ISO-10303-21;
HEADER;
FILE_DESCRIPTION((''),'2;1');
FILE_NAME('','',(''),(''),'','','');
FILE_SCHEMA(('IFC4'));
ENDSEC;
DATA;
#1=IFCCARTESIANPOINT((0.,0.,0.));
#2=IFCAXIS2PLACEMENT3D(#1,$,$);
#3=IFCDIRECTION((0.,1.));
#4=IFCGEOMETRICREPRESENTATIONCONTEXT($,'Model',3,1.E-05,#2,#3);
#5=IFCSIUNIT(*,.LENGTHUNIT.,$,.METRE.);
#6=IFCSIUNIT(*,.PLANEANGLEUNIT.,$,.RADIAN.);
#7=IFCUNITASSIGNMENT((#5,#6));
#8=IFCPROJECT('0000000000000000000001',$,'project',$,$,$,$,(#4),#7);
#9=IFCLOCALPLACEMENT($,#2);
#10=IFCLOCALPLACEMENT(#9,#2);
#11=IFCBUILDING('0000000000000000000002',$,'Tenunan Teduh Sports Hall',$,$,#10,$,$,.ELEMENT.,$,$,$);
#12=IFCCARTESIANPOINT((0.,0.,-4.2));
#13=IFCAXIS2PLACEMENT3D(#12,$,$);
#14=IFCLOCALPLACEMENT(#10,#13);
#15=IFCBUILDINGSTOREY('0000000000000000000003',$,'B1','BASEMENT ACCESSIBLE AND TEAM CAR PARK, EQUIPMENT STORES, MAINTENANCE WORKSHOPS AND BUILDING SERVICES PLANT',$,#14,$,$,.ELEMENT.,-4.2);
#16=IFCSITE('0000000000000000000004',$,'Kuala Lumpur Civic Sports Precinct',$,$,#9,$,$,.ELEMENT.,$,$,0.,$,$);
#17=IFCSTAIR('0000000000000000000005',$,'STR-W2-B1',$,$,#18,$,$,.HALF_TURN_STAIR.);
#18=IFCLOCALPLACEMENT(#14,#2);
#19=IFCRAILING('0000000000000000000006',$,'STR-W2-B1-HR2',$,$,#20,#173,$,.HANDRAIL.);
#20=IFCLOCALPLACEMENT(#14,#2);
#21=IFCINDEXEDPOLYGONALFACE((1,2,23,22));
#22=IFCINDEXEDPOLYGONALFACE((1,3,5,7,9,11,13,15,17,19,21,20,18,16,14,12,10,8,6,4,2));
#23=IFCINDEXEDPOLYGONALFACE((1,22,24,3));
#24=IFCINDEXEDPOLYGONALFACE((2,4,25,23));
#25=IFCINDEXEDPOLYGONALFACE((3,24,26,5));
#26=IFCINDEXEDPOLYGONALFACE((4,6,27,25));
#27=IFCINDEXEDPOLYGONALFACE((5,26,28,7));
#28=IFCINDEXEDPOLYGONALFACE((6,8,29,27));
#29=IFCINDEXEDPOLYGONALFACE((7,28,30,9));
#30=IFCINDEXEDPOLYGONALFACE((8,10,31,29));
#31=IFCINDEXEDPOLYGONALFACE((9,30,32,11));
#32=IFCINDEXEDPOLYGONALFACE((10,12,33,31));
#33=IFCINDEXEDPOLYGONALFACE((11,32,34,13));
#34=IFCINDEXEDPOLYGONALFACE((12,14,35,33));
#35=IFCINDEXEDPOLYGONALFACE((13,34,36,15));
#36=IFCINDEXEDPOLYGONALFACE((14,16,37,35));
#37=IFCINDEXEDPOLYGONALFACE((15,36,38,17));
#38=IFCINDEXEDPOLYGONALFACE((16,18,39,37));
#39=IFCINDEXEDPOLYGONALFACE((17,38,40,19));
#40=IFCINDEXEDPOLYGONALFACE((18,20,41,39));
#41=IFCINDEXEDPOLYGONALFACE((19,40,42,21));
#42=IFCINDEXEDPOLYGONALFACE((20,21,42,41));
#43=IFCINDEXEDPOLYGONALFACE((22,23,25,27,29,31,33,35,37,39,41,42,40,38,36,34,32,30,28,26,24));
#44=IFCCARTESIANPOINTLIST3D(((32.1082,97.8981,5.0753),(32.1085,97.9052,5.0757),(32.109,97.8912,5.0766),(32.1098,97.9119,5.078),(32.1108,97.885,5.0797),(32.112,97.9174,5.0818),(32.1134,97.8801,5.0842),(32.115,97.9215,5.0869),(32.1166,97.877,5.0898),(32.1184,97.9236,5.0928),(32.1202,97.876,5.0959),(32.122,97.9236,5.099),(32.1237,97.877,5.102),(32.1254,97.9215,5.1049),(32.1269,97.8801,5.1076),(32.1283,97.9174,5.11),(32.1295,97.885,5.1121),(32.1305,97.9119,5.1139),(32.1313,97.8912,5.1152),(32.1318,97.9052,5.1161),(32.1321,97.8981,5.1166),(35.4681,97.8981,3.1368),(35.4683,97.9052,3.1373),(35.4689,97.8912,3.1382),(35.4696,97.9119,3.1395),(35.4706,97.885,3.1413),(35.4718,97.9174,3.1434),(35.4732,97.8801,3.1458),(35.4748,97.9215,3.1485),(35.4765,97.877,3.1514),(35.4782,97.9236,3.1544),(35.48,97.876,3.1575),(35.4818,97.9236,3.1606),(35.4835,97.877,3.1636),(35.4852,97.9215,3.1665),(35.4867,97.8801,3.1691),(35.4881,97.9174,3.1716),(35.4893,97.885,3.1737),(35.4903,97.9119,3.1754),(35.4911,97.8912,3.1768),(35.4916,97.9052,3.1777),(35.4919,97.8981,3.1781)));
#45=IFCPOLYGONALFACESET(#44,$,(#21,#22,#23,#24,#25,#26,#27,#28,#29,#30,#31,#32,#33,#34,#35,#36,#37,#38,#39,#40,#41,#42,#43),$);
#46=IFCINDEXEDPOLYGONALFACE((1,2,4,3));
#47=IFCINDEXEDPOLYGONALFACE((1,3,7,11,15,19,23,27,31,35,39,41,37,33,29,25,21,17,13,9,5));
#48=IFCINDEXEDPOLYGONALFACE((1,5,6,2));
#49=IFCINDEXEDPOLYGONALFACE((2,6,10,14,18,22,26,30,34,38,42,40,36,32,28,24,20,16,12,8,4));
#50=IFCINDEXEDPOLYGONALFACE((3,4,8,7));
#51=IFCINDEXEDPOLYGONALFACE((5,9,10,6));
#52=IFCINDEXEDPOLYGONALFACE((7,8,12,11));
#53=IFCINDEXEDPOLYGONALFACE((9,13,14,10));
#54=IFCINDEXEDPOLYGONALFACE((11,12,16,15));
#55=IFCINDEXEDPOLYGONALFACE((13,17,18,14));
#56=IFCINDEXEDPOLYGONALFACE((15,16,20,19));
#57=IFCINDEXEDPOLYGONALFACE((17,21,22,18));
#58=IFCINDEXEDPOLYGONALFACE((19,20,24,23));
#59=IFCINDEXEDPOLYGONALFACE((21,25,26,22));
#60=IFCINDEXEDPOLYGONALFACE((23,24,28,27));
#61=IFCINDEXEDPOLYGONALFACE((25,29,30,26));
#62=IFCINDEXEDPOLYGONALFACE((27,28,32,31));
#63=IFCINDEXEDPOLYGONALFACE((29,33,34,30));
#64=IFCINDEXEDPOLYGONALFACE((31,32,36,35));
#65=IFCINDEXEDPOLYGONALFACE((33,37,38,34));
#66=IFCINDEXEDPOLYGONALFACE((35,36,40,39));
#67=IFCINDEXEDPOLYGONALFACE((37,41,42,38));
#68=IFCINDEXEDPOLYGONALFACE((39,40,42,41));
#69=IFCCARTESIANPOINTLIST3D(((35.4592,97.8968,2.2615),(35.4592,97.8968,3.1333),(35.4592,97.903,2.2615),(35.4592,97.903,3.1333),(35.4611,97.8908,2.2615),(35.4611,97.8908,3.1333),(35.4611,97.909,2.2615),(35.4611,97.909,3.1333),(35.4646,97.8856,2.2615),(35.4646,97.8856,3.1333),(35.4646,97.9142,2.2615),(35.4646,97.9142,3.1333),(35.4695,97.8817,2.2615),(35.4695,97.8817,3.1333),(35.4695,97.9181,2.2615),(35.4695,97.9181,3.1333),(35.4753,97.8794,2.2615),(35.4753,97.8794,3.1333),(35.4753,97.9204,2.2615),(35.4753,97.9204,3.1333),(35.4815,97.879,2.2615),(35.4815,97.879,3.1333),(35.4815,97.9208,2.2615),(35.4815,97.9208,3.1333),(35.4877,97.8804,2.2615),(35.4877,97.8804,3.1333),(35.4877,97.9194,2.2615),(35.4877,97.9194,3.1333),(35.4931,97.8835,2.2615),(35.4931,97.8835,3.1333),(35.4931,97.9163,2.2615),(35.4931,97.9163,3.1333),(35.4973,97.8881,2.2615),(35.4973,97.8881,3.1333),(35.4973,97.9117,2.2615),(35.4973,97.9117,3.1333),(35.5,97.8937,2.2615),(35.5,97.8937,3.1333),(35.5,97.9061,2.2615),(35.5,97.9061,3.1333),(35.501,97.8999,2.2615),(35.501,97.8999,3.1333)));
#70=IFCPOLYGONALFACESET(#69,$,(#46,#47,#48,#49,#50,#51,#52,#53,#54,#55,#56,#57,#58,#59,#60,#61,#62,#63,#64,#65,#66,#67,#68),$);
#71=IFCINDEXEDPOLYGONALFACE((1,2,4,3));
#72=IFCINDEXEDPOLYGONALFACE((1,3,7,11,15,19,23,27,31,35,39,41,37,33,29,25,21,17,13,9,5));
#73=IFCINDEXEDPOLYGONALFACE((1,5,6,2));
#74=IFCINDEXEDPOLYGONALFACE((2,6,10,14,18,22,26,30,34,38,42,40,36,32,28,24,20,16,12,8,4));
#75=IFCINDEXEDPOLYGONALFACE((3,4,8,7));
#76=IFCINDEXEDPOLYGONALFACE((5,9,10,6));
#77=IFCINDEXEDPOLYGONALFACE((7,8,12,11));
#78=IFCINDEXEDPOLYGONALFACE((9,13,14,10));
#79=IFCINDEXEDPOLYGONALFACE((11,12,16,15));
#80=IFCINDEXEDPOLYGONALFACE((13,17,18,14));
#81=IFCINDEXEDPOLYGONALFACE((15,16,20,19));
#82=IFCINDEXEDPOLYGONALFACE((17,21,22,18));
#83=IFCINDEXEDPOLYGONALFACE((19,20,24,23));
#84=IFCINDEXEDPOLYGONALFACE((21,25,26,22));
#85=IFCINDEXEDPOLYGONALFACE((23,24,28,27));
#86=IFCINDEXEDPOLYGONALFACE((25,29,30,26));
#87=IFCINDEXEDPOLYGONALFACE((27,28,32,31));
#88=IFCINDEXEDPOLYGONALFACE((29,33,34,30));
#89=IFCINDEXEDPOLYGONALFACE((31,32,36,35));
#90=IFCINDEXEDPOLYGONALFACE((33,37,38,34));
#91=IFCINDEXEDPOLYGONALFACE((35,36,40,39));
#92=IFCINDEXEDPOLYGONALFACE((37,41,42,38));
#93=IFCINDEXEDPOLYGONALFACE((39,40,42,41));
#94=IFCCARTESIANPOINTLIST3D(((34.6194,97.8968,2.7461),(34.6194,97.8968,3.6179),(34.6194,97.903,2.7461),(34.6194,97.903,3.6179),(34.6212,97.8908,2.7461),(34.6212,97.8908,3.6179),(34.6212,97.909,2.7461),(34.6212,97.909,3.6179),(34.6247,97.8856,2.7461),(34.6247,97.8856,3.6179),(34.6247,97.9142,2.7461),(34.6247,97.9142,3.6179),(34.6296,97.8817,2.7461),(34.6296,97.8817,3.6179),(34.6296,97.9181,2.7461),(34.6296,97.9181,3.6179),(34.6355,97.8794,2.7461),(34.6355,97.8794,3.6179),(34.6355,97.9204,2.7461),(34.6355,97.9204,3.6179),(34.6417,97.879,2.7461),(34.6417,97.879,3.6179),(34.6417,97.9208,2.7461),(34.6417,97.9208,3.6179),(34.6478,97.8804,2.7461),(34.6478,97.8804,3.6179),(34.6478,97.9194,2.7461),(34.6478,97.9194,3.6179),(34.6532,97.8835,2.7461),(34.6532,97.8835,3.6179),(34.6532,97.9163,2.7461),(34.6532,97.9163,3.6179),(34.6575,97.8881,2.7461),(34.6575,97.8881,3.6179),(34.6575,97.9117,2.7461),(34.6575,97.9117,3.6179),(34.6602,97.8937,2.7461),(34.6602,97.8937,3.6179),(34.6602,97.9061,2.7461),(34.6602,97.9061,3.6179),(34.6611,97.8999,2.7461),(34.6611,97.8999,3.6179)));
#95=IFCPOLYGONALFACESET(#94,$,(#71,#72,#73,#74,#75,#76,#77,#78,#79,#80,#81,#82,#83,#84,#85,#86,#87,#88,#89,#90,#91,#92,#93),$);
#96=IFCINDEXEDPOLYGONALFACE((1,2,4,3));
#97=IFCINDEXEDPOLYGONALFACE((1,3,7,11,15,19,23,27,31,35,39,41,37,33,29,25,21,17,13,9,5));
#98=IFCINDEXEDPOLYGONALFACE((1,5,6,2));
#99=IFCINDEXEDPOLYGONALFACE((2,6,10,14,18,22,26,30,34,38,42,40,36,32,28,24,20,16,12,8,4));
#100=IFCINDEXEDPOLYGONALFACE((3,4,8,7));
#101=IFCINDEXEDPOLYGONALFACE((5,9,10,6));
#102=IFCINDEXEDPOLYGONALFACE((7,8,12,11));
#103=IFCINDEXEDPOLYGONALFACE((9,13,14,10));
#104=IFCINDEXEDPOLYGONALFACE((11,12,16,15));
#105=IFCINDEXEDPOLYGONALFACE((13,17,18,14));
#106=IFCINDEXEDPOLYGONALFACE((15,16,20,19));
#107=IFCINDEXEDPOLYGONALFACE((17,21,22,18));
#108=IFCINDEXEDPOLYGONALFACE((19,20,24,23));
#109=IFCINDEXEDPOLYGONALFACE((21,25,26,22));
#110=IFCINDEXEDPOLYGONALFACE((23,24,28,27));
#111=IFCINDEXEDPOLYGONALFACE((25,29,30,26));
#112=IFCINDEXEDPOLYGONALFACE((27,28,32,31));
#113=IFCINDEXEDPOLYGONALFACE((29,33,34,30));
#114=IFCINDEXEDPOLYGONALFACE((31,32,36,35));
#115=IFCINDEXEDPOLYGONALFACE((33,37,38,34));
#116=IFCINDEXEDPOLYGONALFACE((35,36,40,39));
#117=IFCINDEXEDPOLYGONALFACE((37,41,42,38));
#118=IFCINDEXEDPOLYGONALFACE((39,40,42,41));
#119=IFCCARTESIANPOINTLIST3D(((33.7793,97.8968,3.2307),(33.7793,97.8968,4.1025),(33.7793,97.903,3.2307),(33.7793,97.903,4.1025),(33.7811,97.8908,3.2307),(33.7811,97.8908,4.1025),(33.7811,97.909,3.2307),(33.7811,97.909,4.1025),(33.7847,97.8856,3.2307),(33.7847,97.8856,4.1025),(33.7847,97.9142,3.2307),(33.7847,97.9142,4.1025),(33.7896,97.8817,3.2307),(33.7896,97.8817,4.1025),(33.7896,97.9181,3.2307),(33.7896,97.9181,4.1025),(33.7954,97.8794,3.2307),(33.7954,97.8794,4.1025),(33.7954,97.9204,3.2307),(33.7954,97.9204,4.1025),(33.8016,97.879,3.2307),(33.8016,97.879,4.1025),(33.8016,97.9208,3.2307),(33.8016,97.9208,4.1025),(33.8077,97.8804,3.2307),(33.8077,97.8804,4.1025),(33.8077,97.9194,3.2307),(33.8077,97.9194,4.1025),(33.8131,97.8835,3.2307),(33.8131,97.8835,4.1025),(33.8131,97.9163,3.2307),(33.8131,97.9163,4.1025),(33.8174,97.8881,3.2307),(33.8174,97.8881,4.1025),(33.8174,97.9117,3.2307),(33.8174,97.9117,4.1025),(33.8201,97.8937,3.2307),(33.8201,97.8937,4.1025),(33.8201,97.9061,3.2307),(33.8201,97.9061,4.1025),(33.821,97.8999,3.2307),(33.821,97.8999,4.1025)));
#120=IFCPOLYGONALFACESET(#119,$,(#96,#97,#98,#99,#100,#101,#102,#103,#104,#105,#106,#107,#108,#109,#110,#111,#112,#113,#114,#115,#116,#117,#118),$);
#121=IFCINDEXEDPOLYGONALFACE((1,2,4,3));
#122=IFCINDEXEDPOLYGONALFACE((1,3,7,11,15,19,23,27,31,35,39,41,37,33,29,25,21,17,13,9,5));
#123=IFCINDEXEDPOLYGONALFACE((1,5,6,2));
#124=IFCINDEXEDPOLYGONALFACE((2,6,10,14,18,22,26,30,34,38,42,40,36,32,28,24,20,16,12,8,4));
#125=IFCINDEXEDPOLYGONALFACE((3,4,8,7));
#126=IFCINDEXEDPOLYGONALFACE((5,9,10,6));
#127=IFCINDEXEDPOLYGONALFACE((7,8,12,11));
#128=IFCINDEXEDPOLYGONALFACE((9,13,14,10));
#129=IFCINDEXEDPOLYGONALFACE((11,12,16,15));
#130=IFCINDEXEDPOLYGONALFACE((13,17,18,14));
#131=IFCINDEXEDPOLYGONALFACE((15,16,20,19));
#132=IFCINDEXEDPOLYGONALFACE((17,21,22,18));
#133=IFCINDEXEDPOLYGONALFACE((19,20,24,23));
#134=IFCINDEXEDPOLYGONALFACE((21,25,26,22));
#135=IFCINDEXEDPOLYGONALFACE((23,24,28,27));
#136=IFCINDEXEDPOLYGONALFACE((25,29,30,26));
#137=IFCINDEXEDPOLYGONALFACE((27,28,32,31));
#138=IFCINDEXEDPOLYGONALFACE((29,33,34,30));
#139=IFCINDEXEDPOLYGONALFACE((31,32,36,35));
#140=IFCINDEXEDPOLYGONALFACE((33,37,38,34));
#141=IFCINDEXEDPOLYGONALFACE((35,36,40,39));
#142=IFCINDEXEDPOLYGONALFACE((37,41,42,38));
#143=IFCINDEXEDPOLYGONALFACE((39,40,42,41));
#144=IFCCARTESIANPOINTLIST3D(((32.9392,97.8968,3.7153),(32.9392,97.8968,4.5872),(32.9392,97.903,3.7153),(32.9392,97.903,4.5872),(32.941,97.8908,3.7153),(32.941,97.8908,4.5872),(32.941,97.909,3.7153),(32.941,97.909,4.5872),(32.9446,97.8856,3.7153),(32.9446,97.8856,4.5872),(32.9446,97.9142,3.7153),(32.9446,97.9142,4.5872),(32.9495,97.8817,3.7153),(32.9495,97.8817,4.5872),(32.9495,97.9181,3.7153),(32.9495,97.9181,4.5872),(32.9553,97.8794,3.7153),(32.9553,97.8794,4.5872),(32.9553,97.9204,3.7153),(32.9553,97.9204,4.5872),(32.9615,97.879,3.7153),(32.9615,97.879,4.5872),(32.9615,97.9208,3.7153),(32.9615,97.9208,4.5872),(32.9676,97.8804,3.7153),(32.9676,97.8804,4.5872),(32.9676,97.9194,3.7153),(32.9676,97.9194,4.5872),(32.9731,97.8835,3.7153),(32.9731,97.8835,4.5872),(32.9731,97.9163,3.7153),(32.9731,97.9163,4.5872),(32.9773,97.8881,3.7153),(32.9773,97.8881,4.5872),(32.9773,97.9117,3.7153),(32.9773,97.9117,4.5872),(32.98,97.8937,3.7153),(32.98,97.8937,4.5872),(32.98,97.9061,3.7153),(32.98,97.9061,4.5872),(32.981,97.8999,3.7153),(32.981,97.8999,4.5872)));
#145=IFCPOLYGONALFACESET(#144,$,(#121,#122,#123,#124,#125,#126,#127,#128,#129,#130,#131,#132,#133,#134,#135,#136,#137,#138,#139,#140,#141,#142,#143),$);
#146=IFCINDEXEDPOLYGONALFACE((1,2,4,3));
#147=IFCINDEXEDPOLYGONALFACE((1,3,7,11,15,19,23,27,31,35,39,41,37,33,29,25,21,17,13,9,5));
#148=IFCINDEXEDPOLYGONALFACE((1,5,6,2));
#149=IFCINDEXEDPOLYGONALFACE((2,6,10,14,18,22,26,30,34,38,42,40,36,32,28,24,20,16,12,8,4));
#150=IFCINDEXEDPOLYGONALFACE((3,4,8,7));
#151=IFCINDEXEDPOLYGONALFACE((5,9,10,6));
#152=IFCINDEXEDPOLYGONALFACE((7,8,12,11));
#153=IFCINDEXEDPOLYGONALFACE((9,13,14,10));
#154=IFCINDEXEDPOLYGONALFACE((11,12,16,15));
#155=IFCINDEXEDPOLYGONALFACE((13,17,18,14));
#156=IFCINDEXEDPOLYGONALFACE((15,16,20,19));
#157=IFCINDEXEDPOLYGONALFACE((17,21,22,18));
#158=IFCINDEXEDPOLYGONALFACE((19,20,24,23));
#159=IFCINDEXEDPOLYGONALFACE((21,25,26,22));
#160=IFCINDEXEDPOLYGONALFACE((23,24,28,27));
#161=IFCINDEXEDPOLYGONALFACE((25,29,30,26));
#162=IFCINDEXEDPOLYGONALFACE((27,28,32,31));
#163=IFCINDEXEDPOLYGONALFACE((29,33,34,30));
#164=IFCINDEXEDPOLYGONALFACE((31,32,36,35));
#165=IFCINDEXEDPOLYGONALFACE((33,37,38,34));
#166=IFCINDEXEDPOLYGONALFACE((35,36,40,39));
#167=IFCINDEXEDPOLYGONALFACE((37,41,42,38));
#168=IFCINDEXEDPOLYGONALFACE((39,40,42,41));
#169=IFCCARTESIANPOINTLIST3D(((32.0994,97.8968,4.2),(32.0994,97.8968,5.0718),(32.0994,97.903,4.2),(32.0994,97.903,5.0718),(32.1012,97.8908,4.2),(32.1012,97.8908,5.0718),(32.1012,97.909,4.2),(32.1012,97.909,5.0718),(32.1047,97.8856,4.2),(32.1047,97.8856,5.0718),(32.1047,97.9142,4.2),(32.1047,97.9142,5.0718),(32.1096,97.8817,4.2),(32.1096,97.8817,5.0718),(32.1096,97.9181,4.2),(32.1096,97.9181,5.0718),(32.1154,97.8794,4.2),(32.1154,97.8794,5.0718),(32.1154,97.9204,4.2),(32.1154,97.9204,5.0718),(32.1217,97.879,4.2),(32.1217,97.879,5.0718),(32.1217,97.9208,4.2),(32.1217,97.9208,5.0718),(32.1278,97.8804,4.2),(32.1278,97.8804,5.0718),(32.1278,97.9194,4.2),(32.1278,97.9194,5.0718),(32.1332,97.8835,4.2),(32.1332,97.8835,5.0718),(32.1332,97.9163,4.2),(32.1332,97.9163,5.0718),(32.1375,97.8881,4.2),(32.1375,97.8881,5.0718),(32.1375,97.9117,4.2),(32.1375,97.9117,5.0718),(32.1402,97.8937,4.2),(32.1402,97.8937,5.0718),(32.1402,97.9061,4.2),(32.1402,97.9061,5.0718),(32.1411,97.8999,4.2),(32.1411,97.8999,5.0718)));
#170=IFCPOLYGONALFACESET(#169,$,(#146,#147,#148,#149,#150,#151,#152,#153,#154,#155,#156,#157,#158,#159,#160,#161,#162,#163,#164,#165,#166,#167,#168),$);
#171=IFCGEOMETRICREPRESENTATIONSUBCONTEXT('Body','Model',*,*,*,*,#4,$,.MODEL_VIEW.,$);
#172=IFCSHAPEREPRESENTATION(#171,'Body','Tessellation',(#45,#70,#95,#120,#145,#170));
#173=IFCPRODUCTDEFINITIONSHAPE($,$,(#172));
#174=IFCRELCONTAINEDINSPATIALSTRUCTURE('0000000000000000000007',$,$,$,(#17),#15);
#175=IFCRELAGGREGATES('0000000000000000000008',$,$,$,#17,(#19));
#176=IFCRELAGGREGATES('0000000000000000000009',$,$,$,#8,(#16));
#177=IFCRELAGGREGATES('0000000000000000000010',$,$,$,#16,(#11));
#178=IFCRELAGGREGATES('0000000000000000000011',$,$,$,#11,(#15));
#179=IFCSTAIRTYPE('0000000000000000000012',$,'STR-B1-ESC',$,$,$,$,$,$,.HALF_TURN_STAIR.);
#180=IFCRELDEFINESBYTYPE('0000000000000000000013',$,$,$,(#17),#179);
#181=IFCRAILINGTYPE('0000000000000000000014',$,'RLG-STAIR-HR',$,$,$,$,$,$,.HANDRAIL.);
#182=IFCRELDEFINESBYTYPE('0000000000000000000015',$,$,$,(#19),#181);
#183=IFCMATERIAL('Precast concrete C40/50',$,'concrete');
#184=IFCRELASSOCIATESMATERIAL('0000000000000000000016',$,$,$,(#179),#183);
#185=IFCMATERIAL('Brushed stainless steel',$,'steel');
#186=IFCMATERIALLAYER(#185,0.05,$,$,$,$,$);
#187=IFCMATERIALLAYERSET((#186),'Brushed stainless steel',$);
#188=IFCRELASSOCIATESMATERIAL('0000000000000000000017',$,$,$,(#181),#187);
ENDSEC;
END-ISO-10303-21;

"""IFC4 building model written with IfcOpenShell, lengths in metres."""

from ifc_helpers import new_model, si_unit, direction, frame, origin, origin_2d, place, context, subcontext, project, spatial, circle, extrude, material, layer, layer_set, type_object, element, aggregate, save


model = new_model("IFC4")

# Units and contexts
model_context = context("Model", 3, precision=1e-05, world=origin(), true_north=direction((0.0, 1.0)))
body_context = subcontext(model_context, "Body", "Model", "MODEL_VIEW")
ifc_project = project(units=[si_unit("LENGTHUNIT", "METRE"), si_unit("PLANEANGLEUNIT", "RADIAN")], contexts=[model_context])

# Site, building, storey
site_placement = place(None, origin())
site = spatial("IfcSite", under=ifc_project, at=site_placement, Name="Kuala Lumpur Civic Sports Precinct", CompositionType="ELEMENT", RefElevation=0.0)
building_placement = place(site_placement, origin())
building = spatial("IfcBuilding", under=site, at=building_placement, Name="Tenunan Teduh Sports Hall", CompositionType="ELEMENT")
storey_placement = place(building_placement, frame((0.0, 0.0, -4.2)))
storey = spatial("IfcBuildingStorey", under=building, at=storey_placement, Name="B1", Description="BASEMENT ACCESSIBLE AND TEAM CAR PARK, EQUIPMENT STORES, MAINTENANCE WORKSHOPS AND BUILDING SERVICES PLANT", CompositionType="ELEMENT", Elevation=-4.2)

# Stair
ifc_material_1 = material(Name="Precast concrete C40/50", Category="concrete")
stair_type = type_object("IfcStairType", Name="STR-B1-ESC", PredefinedType="HALF_TURN_STAIR", material=ifc_material_1)
stair_placement = place(storey_placement, origin())
stair = element("IfcStair", 1, at=stair_placement, inside=storey, type_object=stair_type, Name="STR-W2-B1", PredefinedType="HALF_TURN_STAIR")

# Railing
ifc_material_2 = material(Name="Brushed stainless steel", Category="steel")
ifc_layer_1 = layer(ifc_material_2, 0.05)
ifc_layer_set_1 = layer_set([ifc_layer_1], Name="Brushed stainless steel")
railing_type_1 = type_object("IfcRailingType", Name="RLG-STAIR-HR", PredefinedType="HANDRAIL", material=ifc_layer_set_1)
railing_1_placement = place(storey_placement, frame((35.48, 97.8999, 2.2615)))
railing_1 = element("IfcRailing", 2, at=railing_1_placement, type_object=railing_type_1, Name="STR-W2-B1-HR2", PredefinedType="HANDRAIL", context=body_context, shape_type="SweptSolid", body=[
    extrude(circle(Radius=0.0239, at=origin_2d()), frame((0.0, 0.0, 0.896), z_axis=(-0.866175, 0.0, 0.499741), x_axis=(0.0, -1.0, 0.0)), (0.0, 0.0, 1.0), 3.8789),
    extrude(circle(Radius=0.021, at=origin_2d()), origin(), (0.0, 0.0, 1.0), 0.8718),
    extrude(circle(Radius=0.021, at=origin_2d()), frame((-0.8398, 0.0, 0.4846)), (0.0, 0.0, 1.0), 0.8718),
    extrude(circle(Radius=0.021, at=origin_2d()), frame((-1.6799, 0.0, 0.9692)), (0.0, 0.0, 1.0), 0.8718),
    extrude(circle(Radius=0.021, at=origin_2d()), frame((-2.52, 0.0, 1.4539)), (0.0, 0.0, 1.0), 0.8718),
    extrude(circle(Radius=0.021, at=origin_2d()), frame((-3.3599, 0.0, 1.9385)), (0.0, 0.0, 1.0), 0.8718),
])
aggregate(stair, [railing_1])

save(model, "model.ifc")
